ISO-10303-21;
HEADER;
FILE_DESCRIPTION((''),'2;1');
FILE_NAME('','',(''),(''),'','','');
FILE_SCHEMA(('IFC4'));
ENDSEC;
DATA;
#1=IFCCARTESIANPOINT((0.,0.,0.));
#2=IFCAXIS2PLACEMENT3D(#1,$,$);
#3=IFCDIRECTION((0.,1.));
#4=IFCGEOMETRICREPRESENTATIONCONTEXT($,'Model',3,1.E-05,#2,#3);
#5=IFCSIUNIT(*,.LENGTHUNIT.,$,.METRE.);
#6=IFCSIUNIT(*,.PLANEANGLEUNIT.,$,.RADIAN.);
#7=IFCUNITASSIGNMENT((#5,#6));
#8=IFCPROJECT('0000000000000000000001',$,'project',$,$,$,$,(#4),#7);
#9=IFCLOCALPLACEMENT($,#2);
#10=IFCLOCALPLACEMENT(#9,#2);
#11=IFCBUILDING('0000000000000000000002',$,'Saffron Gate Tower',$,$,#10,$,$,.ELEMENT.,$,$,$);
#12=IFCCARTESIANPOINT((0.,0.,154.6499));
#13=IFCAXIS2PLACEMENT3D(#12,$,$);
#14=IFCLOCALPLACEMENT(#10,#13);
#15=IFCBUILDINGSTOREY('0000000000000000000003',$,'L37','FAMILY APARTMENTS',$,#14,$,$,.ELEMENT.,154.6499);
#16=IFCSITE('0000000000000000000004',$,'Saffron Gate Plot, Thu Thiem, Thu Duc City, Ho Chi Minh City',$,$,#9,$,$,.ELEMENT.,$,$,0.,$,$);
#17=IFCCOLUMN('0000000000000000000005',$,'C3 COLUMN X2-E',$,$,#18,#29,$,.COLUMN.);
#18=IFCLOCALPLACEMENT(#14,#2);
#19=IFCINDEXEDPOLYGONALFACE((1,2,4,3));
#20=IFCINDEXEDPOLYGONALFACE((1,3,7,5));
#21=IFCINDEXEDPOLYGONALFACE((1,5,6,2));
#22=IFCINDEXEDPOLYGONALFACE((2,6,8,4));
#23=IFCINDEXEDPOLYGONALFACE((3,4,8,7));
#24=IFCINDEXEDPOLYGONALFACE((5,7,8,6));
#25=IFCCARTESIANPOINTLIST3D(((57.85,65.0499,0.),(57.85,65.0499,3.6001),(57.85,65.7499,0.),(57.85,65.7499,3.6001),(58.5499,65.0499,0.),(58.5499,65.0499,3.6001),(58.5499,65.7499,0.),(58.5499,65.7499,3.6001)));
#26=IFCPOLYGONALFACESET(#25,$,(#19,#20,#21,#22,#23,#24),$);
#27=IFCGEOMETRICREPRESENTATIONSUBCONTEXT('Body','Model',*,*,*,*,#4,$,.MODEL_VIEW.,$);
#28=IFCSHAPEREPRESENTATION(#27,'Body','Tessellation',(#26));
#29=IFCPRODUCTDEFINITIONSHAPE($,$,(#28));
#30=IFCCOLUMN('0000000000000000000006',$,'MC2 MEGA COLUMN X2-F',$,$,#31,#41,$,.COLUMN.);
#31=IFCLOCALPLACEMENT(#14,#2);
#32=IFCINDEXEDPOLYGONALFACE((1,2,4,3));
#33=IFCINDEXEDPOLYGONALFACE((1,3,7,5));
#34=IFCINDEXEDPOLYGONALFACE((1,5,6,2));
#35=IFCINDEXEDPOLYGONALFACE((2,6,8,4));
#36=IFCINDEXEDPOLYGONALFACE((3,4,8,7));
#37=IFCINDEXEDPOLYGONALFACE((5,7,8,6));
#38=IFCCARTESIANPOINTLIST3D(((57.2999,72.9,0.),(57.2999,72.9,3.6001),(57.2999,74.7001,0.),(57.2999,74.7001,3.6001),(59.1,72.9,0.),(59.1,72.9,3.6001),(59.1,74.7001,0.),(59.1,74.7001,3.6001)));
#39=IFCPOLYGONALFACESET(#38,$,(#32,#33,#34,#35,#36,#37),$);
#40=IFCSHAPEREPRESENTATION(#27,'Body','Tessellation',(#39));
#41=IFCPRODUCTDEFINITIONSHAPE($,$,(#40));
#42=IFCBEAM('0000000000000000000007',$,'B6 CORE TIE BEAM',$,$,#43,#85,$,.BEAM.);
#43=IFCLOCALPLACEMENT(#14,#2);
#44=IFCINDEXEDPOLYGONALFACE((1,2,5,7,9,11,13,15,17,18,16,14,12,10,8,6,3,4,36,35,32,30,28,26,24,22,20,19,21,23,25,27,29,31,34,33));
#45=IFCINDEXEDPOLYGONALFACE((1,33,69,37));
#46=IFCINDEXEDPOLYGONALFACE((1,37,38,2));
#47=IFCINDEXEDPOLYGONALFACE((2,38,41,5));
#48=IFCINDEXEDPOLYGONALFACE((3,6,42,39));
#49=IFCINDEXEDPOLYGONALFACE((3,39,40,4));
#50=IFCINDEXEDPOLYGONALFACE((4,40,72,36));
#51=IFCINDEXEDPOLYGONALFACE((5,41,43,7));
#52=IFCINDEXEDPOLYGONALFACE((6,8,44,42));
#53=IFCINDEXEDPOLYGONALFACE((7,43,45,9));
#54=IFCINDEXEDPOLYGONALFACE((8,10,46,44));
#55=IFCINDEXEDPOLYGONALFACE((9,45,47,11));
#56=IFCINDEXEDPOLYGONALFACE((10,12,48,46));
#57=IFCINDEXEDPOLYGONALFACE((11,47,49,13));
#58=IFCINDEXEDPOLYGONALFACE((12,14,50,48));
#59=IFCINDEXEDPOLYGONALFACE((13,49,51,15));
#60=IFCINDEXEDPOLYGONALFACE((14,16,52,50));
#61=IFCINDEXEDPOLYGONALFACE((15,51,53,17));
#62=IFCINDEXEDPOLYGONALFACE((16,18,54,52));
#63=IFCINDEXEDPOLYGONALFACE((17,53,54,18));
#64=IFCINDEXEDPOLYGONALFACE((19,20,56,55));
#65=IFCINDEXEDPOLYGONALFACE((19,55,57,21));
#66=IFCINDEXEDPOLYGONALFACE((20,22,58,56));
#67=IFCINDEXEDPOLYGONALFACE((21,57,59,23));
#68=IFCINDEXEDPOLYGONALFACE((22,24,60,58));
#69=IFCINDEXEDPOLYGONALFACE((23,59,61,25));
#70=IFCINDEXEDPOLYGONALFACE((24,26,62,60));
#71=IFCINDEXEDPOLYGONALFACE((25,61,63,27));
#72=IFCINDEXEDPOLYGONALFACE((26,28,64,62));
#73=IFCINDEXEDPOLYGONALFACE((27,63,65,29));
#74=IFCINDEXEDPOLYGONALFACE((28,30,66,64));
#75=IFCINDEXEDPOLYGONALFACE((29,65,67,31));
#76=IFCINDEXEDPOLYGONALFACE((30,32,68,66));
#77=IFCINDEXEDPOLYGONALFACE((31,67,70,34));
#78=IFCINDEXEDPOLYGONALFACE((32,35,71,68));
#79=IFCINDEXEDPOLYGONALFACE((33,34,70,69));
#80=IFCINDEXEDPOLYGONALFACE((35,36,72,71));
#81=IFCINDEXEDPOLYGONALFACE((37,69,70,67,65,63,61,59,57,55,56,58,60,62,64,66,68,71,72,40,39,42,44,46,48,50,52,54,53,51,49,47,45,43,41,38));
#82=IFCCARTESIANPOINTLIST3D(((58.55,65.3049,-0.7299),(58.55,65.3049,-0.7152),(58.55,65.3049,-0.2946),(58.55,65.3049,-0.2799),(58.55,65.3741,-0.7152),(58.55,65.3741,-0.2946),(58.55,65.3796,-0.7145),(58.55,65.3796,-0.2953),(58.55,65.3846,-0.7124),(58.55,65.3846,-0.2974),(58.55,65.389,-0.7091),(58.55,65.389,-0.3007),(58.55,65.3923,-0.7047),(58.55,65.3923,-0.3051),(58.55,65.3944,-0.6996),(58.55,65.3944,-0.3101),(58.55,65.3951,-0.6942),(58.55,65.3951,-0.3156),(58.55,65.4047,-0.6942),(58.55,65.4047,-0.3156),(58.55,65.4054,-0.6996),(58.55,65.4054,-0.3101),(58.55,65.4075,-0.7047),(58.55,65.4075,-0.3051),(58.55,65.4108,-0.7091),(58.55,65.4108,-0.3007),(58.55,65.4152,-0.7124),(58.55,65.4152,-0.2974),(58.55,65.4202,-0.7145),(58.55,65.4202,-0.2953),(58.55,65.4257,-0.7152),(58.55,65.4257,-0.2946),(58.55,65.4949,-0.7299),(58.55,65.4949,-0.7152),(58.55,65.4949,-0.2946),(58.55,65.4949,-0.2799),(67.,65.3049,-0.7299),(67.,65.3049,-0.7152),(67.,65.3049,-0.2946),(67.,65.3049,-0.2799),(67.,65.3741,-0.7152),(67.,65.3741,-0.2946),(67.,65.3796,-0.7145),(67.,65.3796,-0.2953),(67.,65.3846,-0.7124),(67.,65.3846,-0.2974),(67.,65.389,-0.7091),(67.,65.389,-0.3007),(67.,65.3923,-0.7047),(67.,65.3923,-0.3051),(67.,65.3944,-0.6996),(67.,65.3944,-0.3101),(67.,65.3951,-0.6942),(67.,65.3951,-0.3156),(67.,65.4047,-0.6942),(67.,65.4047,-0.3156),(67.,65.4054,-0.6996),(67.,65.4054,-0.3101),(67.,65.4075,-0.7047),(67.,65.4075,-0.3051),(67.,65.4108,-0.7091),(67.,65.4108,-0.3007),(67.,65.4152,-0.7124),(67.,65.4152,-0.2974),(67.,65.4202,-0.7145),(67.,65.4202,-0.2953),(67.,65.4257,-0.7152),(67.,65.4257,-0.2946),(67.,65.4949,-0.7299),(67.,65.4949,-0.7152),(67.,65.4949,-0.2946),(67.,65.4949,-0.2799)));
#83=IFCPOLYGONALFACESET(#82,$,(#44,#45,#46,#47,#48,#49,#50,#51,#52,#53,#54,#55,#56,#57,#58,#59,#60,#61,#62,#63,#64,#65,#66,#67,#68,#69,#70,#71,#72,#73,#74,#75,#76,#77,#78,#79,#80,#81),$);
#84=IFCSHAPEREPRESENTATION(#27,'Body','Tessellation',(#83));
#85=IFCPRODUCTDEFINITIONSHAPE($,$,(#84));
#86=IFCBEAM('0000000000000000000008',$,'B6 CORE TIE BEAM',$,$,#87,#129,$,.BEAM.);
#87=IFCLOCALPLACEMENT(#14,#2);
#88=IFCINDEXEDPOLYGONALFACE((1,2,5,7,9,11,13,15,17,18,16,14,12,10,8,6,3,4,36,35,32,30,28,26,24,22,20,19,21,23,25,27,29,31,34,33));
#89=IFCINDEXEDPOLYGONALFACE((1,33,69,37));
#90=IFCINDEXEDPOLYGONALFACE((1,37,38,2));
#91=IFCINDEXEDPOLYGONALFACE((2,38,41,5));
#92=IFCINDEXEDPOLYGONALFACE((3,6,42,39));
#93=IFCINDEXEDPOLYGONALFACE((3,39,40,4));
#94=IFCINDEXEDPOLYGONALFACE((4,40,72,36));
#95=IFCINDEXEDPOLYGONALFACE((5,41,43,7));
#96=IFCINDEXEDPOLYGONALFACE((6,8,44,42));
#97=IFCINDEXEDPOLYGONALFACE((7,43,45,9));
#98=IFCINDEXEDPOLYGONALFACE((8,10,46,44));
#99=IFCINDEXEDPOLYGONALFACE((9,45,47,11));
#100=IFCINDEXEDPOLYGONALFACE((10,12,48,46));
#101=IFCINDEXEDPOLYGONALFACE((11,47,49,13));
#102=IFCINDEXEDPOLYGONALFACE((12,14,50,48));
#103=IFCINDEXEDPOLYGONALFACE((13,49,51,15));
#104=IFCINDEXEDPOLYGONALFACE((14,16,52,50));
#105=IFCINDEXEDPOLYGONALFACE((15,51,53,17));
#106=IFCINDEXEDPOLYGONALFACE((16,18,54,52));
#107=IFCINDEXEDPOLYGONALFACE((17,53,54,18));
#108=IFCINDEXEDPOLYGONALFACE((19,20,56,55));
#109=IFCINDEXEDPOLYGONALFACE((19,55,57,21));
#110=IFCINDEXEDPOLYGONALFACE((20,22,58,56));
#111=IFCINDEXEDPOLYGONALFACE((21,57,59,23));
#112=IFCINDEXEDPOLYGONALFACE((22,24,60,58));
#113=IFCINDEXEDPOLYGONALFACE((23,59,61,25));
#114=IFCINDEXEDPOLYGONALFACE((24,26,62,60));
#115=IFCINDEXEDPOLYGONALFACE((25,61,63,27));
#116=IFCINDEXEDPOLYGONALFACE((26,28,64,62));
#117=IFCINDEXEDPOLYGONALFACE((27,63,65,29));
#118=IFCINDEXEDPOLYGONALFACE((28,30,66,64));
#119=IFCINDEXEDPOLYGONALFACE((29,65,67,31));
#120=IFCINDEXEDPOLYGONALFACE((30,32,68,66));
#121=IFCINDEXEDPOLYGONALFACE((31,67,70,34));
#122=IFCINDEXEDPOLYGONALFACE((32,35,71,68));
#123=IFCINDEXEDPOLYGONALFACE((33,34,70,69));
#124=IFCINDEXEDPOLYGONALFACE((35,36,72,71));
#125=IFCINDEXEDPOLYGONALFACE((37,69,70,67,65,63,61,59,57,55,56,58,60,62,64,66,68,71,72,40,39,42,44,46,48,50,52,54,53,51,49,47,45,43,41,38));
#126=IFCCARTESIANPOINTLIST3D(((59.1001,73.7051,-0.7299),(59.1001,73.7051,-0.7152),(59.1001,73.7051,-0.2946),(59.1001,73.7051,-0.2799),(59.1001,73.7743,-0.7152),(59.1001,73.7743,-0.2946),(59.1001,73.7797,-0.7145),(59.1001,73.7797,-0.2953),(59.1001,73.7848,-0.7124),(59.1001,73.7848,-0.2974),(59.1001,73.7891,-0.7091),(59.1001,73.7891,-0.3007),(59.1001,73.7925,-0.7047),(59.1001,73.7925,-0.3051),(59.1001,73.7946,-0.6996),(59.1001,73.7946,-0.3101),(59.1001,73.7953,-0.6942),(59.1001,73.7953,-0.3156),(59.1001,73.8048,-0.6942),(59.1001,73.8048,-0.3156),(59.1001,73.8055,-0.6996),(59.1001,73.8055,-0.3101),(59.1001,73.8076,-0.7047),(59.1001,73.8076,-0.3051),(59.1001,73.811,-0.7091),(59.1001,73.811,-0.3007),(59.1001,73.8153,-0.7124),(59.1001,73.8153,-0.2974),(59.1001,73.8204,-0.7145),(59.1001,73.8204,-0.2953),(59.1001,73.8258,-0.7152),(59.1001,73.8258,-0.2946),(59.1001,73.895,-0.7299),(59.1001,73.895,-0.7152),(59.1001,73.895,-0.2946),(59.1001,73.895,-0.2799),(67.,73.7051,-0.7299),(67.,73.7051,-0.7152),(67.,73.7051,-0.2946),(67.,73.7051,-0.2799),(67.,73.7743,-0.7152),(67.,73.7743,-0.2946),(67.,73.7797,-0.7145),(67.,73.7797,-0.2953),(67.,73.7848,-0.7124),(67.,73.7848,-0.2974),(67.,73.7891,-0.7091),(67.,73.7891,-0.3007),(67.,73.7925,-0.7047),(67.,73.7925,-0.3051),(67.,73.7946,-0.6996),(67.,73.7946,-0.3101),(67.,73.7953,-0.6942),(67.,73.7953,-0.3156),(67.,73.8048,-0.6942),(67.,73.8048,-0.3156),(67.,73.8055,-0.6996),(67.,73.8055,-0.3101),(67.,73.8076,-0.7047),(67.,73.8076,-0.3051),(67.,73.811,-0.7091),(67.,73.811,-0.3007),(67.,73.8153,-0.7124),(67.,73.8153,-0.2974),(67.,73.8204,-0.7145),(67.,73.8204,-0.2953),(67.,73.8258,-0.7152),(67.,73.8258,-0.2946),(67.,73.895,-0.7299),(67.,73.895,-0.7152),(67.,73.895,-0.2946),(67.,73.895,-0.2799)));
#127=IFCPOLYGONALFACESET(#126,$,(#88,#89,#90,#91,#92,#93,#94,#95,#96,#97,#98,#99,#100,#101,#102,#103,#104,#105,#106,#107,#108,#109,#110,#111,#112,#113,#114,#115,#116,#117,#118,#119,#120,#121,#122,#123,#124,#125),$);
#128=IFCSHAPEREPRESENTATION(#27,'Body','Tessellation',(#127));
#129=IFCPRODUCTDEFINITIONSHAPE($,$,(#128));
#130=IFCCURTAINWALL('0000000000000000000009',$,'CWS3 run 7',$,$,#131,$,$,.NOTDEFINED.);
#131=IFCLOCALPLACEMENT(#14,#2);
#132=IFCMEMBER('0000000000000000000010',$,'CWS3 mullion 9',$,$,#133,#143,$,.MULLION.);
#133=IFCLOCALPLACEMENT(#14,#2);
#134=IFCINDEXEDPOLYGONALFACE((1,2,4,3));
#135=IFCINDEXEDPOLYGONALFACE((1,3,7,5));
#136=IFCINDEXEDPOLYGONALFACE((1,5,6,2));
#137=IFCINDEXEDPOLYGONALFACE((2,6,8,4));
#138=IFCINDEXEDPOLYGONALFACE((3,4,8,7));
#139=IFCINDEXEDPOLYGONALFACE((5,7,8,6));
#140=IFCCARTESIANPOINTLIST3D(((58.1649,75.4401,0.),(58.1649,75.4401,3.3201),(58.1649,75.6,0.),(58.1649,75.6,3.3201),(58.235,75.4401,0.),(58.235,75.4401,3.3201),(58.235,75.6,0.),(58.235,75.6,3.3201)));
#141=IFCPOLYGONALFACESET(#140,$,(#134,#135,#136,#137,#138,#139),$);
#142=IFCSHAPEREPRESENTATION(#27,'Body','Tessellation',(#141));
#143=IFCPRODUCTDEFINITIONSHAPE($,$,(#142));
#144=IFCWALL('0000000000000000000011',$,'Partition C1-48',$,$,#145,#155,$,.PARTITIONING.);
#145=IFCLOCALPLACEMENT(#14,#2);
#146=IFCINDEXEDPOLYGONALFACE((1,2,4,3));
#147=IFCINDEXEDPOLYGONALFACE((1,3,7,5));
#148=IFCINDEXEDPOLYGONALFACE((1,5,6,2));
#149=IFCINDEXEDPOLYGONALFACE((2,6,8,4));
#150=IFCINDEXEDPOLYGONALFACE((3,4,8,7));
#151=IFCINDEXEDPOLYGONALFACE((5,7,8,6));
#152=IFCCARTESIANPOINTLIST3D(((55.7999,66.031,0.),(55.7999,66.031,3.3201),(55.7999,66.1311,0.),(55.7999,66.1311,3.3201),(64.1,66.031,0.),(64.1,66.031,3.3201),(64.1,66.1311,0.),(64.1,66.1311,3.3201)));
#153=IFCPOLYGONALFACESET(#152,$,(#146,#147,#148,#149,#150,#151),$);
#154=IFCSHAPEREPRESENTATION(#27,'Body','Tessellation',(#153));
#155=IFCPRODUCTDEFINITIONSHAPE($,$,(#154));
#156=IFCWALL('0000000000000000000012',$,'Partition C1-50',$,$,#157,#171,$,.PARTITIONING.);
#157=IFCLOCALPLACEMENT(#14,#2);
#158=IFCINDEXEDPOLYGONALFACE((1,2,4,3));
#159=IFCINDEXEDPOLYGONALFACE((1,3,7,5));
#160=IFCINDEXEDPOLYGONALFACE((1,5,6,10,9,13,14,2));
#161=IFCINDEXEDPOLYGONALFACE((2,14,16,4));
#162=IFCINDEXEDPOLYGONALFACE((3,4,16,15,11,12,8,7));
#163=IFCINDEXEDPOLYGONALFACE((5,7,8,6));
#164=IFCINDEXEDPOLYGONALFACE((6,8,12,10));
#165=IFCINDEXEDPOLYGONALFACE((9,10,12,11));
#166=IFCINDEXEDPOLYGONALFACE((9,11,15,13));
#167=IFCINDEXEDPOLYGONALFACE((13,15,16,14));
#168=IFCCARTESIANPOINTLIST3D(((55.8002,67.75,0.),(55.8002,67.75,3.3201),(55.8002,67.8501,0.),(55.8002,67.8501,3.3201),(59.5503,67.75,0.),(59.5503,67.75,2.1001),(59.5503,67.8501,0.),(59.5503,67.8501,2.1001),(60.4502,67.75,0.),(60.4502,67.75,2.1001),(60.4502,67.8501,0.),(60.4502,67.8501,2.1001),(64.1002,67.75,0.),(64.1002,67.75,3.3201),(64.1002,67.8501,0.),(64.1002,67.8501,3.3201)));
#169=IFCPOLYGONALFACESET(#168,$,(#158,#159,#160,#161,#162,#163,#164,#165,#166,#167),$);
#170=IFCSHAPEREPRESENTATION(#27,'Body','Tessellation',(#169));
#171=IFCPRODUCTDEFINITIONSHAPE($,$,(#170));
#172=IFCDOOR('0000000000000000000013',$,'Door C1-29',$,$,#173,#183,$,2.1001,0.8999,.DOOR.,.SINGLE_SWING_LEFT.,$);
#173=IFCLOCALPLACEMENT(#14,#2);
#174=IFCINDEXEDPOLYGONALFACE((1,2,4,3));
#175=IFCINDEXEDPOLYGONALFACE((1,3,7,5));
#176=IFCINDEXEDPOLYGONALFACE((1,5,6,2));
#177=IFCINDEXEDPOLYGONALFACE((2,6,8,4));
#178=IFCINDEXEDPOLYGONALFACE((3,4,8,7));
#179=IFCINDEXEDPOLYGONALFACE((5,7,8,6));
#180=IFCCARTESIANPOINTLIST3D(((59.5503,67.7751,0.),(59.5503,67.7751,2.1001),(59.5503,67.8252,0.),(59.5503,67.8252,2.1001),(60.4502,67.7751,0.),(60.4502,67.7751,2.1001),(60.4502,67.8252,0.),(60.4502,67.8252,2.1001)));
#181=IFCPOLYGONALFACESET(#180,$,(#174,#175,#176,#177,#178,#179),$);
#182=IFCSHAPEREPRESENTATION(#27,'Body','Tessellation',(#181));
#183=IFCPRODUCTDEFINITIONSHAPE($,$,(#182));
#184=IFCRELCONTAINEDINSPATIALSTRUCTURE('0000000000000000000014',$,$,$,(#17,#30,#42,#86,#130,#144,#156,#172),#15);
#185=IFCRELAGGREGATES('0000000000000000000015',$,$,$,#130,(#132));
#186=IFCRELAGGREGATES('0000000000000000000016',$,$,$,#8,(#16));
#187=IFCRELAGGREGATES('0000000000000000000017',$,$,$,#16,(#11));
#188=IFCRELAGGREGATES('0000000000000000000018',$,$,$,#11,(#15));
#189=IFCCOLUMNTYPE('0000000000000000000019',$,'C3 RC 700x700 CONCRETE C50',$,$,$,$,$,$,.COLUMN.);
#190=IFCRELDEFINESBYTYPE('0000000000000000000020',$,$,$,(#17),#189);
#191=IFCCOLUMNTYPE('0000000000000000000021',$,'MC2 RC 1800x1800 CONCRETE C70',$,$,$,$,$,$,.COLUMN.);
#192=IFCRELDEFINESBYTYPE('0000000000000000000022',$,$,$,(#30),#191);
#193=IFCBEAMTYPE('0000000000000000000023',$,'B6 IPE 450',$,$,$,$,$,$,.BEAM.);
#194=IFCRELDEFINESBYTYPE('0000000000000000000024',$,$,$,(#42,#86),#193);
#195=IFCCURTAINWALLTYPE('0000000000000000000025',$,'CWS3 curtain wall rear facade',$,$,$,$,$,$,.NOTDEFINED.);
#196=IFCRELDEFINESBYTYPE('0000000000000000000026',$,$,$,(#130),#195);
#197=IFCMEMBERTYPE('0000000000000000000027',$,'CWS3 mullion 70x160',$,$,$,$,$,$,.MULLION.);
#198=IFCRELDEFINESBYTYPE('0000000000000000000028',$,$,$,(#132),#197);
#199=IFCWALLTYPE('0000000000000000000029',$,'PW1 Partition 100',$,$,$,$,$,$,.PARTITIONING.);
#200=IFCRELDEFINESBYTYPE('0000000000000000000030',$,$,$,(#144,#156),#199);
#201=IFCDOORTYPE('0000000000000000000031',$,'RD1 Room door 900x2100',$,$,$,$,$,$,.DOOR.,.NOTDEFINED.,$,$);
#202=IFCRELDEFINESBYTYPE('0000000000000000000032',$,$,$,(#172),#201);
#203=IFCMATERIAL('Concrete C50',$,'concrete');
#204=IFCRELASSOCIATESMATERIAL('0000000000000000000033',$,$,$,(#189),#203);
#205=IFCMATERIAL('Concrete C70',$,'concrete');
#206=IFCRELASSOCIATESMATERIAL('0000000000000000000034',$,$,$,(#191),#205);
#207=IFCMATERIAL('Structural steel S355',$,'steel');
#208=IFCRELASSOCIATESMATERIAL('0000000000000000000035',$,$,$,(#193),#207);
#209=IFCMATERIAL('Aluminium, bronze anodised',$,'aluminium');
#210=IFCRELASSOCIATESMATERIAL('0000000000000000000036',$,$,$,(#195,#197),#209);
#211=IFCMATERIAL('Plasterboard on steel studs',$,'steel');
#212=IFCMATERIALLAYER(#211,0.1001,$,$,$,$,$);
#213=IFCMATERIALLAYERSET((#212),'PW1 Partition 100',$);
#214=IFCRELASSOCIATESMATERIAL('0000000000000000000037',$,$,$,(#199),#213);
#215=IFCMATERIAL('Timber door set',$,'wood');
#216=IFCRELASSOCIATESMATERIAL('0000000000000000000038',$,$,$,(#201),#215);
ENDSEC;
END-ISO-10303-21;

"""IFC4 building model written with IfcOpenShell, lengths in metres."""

from ifc_helpers import new_model, si_unit, direction, frame, frame_2d, origin, origin_2d, place, context, subcontext, project, spatial, rectangle, i_section, extrude, material, layer, layer_set, material_profile, profile_set, type_object, element, fill, aggregate, save


model = new_model("IFC4")

# Units and contexts
model_context = context("Model", 3, precision=1e-05, world=origin(), true_north=direction((0.0, 1.0)))
body_context = subcontext(model_context, "Body", "Model", "MODEL_VIEW")
ifc_project = project(units=[si_unit("LENGTHUNIT", "METRE"), si_unit("PLANEANGLEUNIT", "RADIAN")], contexts=[model_context])

# Site, building, storey
site_placement = place(None, origin())
site = spatial("IfcSite", under=ifc_project, at=site_placement, Name="Saffron Gate Plot, Thu Thiem, Thu Duc City, Ho Chi Minh City", CompositionType="ELEMENT", RefElevation=0.0)
building_placement = place(site_placement, origin())
building = spatial("IfcBuilding", under=site, at=building_placement, Name="Saffron Gate Tower", CompositionType="ELEMENT")
storey_placement = place(building_placement, frame((0.0, 0.0, 154.6499)))
storey = spatial("IfcBuildingStorey", under=building, at=storey_placement, Name="L37", Description="FAMILY APARTMENTS", CompositionType="ELEMENT", Elevation=154.6499)

# Columns
ifc_material_1 = material(Name="Concrete C50", Category="concrete")
ifc_material_profile_1 = material_profile(ifc_material_1, rectangle(XDim=0.7, YDim=0.7, at=origin_2d()))
ifc_profile_set_1 = profile_set([ifc_material_profile_1], Name="Concrete C50")
column_type_1 = type_object("IfcColumnType", Name="C3 RC 700x700 CONCRETE C50", PredefinedType="COLUMN", material=ifc_profile_set_1)
column_1_placement = place(storey_placement, frame((58.2, 65.3999, 0.0), z_axis=(0.0, 0.0, 1.0), x_axis=(1.0, 0.0, 0.0)))
element("IfcColumn", 1, at=column_1_placement, inside=storey, type_object=column_type_1, Name="C3 COLUMN X2-E", PredefinedType="COLUMN", context=body_context, shape_type="SweptSolid", body=[
    extrude(rectangle(XDim=0.7, YDim=0.7, at=origin_2d()), origin(), (0.0, 0.0, 1.0), 3.6001),
])
ifc_material_2 = material(Name="Concrete C70", Category="concrete")
ifc_material_profile_2 = material_profile(ifc_material_2, rectangle(XDim=1.8, YDim=1.8, at=origin_2d()))
ifc_profile_set_2 = profile_set([ifc_material_profile_2], Name="Concrete C70")
column_type_2 = type_object("IfcColumnType", Name="MC2 RC 1800x1800 CONCRETE C70", PredefinedType="COLUMN", material=ifc_profile_set_2)
column_2_placement = place(storey_placement, frame((58.2, 73.8, 0.0), z_axis=(0.0, 0.0, 1.0), x_axis=(1.0, 0.0, 0.0)))
element("IfcColumn", 2, at=column_2_placement, inside=storey, type_object=column_type_2, Name="MC2 MEGA COLUMN X2-F", PredefinedType="COLUMN", context=body_context, shape_type="SweptSolid", body=[
    extrude(rectangle(XDim=1.8, YDim=1.8, at=origin_2d()), origin(), (0.0, 0.0, 1.0), 3.6001),
])

# Beams
ifc_material_3 = material(Name="Structural steel S355", Category="steel")
ifc_material_profile_3 = material_profile(ifc_material_3, i_section(OverallWidth=0.1899, OverallDepth=0.45, WebThickness=0.0095, FlangeThickness=0.0146, FilletRadius=0.021, at=origin_2d()))
ifc_profile_set_3 = profile_set([ifc_material_profile_3], Name="Structural steel S355")
beam_type = type_object("IfcBeamType", Name="B6 IPE 450", PredefinedType="BEAM", material=ifc_profile_set_3)
beam_1_placement = place(storey_placement, frame((58.55, 65.3999, -0.5049), z_axis=(1.0, 0.0, 0.0), x_axis=(0.0, 1.0, 0.0)))
element("IfcBeam", 3, at=beam_1_placement, inside=storey, type_object=beam_type, Name="B6 CORE TIE BEAM", PredefinedType="BEAM", context=body_context, shape_type="SweptSolid", body=[
    extrude(i_section(OverallWidth=0.1899, OverallDepth=0.45, WebThickness=0.0095, FlangeThickness=0.0146, FilletRadius=0.021, at=origin_2d()), origin(), (0.0, 0.0, 1.0), 8.45),
])
beam_2_placement = place(storey_placement, frame((59.1001, 73.8, -0.5049), z_axis=(1.0, 0.0, 0.0), x_axis=(0.0, 1.0, 0.0)))
element("IfcBeam", 4, at=beam_2_placement, inside=storey, type_object=beam_type, Name="B6 CORE TIE BEAM", PredefinedType="BEAM", context=body_context, shape_type="SweptSolid", body=[
    extrude(i_section(OverallWidth=0.1899, OverallDepth=0.45, WebThickness=0.0095, FlangeThickness=0.0146, FilletRadius=0.021, at=origin_2d()), origin(), (0.0, 0.0, 1.0), 7.8999),
])

# Curtain wall, member
ifc_material_4 = material(Name="Aluminium, bronze anodised", Category="aluminium")
curtain_wall_type = type_object("IfcCurtainWallType", Name="CWS3 curtain wall rear facade", PredefinedType="NOTDEFINED", material=ifc_material_4)
curtain_wall_placement = place(storey_placement, origin())
curtain_wall = element("IfcCurtainWall", 5, at=curtain_wall_placement, inside=storey, type_object=curtain_wall_type, Name="CWS3 run 7", PredefinedType="NOTDEFINED")
ifc_material_profile_4 = material_profile(ifc_material_4, rectangle(XDim=0.1599, YDim=0.0701, at=origin_2d()))
ifc_profile_set_4 = profile_set([ifc_material_profile_4], Name="Aluminium, bronze anodised")
member_type = type_object("IfcMemberType", Name="CWS3 mullion 70x160", PredefinedType="MULLION", material=ifc_profile_set_4)
member_placement = place(storey_placement, frame((58.2, 75.52, 0.0), z_axis=(0.0, 0.0, 1.0), x_axis=(0.0, -1.0, 0.0)))
member = element("IfcMember", 6, at=member_placement, type_object=member_type, Name="CWS3 mullion 9", PredefinedType="MULLION", context=body_context, shape_type="SweptSolid", body=[
    extrude(rectangle(XDim=0.1599, YDim=0.0701, at=origin_2d()), origin(), (0.0, 0.0, 1.0), 3.3201),
])
aggregate(curtain_wall, [member])

# Wall
ifc_material_5 = material(Name="Plasterboard on steel studs", Category="steel")
ifc_layer_1 = layer(ifc_material_5, 0.1001)
ifc_layer_set_1 = layer_set([ifc_layer_1], Name="PW1 Partition 100")
wall_type_1 = type_object("IfcWallType", Name="PW1 Partition 100", PredefinedType="PARTITIONING", material=ifc_layer_set_1)
wall_1_placement = place(storey_placement, frame((55.8, 66.0811, 0.0), z_axis=(0.0, 0.0, 1.0), x_axis=(1.0, 0.0, 0.0)))
element("IfcWall", 7, at=wall_1_placement, inside=storey, type_object=wall_type_1, Name="Partition C1-48", PredefinedType="PARTITIONING", context=body_context, shape_type="SweptSolid", body=[
    extrude(rectangle(XDim=8.3, YDim=0.1001, at=frame_2d((4.1499, 0.0))), origin(), (0.0, 0.0, 1.0), 3.3201),
])

# Wall, opening, door
wall_2_placement = place(storey_placement, frame((64.1001, 67.8, 0.0), z_axis=(0.0, 0.0, 1.0), x_axis=(-1.0, 0.0, 0.0)))
wall_2 = element("IfcWall", 8, at=wall_2_placement, inside=storey, type_object=wall_type_1, Name="Partition C1-50", PredefinedType="PARTITIONING", context=body_context, shape_type="SweptSolid", body=[
    extrude(rectangle(XDim=8.3, YDim=0.1001, at=frame_2d((4.1499, 0.0))), origin(), (0.0, 0.0, 1.0), 3.3201),
])
opening_1_placement = place(wall_2_placement, frame((3.6499, 0.0, 0.0)))
opening_1 = element("IfcOpeningElement", 9, at=opening_1_placement, cuts=wall_2, PredefinedType="OPENING", context=body_context, shape_type="SweptSolid", body=[
    extrude(rectangle(XDim=0.8999, YDim=2.1001, at=frame_2d((0.45, 1.05))), frame((0.0, 0.0601, 0.0), z_axis=(0.0, -1.0, 0.0), x_axis=(1.0, 0.0, 0.0)), (0.0, 0.0, 1.0), 0.1201),
])
ifc_material_6 = material(Name="Timber door set", Category="wood")
door_type_1 = type_object("IfcDoorType", Name="RD1 Room door 900x2100", OperationType="NOTDEFINED", PredefinedType="DOOR", material=ifc_material_6)
door_1_placement = place(opening_1_placement, origin())
door_1 = element("IfcDoor", 10, at=door_1_placement, inside=storey, type_object=door_type_1, Name="Door C1-29", OperationType="SINGLE_SWING_LEFT", OverallHeight=2.1001, OverallWidth=0.8999, PredefinedType="DOOR", context=body_context, shape_type="SweptSolid", body=[
    extrude(rectangle(XDim=0.8999, YDim=2.1001, at=frame_2d((0.45, 1.05))), frame((0.0, 0.0249, 0.0), z_axis=(0.0, -1.0, 0.0), x_axis=(1.0, 0.0, 0.0)), (0.0, 0.0, 1.0), 0.05),
])
fill(opening_1, door_1)

save(model, "model.ifc")
